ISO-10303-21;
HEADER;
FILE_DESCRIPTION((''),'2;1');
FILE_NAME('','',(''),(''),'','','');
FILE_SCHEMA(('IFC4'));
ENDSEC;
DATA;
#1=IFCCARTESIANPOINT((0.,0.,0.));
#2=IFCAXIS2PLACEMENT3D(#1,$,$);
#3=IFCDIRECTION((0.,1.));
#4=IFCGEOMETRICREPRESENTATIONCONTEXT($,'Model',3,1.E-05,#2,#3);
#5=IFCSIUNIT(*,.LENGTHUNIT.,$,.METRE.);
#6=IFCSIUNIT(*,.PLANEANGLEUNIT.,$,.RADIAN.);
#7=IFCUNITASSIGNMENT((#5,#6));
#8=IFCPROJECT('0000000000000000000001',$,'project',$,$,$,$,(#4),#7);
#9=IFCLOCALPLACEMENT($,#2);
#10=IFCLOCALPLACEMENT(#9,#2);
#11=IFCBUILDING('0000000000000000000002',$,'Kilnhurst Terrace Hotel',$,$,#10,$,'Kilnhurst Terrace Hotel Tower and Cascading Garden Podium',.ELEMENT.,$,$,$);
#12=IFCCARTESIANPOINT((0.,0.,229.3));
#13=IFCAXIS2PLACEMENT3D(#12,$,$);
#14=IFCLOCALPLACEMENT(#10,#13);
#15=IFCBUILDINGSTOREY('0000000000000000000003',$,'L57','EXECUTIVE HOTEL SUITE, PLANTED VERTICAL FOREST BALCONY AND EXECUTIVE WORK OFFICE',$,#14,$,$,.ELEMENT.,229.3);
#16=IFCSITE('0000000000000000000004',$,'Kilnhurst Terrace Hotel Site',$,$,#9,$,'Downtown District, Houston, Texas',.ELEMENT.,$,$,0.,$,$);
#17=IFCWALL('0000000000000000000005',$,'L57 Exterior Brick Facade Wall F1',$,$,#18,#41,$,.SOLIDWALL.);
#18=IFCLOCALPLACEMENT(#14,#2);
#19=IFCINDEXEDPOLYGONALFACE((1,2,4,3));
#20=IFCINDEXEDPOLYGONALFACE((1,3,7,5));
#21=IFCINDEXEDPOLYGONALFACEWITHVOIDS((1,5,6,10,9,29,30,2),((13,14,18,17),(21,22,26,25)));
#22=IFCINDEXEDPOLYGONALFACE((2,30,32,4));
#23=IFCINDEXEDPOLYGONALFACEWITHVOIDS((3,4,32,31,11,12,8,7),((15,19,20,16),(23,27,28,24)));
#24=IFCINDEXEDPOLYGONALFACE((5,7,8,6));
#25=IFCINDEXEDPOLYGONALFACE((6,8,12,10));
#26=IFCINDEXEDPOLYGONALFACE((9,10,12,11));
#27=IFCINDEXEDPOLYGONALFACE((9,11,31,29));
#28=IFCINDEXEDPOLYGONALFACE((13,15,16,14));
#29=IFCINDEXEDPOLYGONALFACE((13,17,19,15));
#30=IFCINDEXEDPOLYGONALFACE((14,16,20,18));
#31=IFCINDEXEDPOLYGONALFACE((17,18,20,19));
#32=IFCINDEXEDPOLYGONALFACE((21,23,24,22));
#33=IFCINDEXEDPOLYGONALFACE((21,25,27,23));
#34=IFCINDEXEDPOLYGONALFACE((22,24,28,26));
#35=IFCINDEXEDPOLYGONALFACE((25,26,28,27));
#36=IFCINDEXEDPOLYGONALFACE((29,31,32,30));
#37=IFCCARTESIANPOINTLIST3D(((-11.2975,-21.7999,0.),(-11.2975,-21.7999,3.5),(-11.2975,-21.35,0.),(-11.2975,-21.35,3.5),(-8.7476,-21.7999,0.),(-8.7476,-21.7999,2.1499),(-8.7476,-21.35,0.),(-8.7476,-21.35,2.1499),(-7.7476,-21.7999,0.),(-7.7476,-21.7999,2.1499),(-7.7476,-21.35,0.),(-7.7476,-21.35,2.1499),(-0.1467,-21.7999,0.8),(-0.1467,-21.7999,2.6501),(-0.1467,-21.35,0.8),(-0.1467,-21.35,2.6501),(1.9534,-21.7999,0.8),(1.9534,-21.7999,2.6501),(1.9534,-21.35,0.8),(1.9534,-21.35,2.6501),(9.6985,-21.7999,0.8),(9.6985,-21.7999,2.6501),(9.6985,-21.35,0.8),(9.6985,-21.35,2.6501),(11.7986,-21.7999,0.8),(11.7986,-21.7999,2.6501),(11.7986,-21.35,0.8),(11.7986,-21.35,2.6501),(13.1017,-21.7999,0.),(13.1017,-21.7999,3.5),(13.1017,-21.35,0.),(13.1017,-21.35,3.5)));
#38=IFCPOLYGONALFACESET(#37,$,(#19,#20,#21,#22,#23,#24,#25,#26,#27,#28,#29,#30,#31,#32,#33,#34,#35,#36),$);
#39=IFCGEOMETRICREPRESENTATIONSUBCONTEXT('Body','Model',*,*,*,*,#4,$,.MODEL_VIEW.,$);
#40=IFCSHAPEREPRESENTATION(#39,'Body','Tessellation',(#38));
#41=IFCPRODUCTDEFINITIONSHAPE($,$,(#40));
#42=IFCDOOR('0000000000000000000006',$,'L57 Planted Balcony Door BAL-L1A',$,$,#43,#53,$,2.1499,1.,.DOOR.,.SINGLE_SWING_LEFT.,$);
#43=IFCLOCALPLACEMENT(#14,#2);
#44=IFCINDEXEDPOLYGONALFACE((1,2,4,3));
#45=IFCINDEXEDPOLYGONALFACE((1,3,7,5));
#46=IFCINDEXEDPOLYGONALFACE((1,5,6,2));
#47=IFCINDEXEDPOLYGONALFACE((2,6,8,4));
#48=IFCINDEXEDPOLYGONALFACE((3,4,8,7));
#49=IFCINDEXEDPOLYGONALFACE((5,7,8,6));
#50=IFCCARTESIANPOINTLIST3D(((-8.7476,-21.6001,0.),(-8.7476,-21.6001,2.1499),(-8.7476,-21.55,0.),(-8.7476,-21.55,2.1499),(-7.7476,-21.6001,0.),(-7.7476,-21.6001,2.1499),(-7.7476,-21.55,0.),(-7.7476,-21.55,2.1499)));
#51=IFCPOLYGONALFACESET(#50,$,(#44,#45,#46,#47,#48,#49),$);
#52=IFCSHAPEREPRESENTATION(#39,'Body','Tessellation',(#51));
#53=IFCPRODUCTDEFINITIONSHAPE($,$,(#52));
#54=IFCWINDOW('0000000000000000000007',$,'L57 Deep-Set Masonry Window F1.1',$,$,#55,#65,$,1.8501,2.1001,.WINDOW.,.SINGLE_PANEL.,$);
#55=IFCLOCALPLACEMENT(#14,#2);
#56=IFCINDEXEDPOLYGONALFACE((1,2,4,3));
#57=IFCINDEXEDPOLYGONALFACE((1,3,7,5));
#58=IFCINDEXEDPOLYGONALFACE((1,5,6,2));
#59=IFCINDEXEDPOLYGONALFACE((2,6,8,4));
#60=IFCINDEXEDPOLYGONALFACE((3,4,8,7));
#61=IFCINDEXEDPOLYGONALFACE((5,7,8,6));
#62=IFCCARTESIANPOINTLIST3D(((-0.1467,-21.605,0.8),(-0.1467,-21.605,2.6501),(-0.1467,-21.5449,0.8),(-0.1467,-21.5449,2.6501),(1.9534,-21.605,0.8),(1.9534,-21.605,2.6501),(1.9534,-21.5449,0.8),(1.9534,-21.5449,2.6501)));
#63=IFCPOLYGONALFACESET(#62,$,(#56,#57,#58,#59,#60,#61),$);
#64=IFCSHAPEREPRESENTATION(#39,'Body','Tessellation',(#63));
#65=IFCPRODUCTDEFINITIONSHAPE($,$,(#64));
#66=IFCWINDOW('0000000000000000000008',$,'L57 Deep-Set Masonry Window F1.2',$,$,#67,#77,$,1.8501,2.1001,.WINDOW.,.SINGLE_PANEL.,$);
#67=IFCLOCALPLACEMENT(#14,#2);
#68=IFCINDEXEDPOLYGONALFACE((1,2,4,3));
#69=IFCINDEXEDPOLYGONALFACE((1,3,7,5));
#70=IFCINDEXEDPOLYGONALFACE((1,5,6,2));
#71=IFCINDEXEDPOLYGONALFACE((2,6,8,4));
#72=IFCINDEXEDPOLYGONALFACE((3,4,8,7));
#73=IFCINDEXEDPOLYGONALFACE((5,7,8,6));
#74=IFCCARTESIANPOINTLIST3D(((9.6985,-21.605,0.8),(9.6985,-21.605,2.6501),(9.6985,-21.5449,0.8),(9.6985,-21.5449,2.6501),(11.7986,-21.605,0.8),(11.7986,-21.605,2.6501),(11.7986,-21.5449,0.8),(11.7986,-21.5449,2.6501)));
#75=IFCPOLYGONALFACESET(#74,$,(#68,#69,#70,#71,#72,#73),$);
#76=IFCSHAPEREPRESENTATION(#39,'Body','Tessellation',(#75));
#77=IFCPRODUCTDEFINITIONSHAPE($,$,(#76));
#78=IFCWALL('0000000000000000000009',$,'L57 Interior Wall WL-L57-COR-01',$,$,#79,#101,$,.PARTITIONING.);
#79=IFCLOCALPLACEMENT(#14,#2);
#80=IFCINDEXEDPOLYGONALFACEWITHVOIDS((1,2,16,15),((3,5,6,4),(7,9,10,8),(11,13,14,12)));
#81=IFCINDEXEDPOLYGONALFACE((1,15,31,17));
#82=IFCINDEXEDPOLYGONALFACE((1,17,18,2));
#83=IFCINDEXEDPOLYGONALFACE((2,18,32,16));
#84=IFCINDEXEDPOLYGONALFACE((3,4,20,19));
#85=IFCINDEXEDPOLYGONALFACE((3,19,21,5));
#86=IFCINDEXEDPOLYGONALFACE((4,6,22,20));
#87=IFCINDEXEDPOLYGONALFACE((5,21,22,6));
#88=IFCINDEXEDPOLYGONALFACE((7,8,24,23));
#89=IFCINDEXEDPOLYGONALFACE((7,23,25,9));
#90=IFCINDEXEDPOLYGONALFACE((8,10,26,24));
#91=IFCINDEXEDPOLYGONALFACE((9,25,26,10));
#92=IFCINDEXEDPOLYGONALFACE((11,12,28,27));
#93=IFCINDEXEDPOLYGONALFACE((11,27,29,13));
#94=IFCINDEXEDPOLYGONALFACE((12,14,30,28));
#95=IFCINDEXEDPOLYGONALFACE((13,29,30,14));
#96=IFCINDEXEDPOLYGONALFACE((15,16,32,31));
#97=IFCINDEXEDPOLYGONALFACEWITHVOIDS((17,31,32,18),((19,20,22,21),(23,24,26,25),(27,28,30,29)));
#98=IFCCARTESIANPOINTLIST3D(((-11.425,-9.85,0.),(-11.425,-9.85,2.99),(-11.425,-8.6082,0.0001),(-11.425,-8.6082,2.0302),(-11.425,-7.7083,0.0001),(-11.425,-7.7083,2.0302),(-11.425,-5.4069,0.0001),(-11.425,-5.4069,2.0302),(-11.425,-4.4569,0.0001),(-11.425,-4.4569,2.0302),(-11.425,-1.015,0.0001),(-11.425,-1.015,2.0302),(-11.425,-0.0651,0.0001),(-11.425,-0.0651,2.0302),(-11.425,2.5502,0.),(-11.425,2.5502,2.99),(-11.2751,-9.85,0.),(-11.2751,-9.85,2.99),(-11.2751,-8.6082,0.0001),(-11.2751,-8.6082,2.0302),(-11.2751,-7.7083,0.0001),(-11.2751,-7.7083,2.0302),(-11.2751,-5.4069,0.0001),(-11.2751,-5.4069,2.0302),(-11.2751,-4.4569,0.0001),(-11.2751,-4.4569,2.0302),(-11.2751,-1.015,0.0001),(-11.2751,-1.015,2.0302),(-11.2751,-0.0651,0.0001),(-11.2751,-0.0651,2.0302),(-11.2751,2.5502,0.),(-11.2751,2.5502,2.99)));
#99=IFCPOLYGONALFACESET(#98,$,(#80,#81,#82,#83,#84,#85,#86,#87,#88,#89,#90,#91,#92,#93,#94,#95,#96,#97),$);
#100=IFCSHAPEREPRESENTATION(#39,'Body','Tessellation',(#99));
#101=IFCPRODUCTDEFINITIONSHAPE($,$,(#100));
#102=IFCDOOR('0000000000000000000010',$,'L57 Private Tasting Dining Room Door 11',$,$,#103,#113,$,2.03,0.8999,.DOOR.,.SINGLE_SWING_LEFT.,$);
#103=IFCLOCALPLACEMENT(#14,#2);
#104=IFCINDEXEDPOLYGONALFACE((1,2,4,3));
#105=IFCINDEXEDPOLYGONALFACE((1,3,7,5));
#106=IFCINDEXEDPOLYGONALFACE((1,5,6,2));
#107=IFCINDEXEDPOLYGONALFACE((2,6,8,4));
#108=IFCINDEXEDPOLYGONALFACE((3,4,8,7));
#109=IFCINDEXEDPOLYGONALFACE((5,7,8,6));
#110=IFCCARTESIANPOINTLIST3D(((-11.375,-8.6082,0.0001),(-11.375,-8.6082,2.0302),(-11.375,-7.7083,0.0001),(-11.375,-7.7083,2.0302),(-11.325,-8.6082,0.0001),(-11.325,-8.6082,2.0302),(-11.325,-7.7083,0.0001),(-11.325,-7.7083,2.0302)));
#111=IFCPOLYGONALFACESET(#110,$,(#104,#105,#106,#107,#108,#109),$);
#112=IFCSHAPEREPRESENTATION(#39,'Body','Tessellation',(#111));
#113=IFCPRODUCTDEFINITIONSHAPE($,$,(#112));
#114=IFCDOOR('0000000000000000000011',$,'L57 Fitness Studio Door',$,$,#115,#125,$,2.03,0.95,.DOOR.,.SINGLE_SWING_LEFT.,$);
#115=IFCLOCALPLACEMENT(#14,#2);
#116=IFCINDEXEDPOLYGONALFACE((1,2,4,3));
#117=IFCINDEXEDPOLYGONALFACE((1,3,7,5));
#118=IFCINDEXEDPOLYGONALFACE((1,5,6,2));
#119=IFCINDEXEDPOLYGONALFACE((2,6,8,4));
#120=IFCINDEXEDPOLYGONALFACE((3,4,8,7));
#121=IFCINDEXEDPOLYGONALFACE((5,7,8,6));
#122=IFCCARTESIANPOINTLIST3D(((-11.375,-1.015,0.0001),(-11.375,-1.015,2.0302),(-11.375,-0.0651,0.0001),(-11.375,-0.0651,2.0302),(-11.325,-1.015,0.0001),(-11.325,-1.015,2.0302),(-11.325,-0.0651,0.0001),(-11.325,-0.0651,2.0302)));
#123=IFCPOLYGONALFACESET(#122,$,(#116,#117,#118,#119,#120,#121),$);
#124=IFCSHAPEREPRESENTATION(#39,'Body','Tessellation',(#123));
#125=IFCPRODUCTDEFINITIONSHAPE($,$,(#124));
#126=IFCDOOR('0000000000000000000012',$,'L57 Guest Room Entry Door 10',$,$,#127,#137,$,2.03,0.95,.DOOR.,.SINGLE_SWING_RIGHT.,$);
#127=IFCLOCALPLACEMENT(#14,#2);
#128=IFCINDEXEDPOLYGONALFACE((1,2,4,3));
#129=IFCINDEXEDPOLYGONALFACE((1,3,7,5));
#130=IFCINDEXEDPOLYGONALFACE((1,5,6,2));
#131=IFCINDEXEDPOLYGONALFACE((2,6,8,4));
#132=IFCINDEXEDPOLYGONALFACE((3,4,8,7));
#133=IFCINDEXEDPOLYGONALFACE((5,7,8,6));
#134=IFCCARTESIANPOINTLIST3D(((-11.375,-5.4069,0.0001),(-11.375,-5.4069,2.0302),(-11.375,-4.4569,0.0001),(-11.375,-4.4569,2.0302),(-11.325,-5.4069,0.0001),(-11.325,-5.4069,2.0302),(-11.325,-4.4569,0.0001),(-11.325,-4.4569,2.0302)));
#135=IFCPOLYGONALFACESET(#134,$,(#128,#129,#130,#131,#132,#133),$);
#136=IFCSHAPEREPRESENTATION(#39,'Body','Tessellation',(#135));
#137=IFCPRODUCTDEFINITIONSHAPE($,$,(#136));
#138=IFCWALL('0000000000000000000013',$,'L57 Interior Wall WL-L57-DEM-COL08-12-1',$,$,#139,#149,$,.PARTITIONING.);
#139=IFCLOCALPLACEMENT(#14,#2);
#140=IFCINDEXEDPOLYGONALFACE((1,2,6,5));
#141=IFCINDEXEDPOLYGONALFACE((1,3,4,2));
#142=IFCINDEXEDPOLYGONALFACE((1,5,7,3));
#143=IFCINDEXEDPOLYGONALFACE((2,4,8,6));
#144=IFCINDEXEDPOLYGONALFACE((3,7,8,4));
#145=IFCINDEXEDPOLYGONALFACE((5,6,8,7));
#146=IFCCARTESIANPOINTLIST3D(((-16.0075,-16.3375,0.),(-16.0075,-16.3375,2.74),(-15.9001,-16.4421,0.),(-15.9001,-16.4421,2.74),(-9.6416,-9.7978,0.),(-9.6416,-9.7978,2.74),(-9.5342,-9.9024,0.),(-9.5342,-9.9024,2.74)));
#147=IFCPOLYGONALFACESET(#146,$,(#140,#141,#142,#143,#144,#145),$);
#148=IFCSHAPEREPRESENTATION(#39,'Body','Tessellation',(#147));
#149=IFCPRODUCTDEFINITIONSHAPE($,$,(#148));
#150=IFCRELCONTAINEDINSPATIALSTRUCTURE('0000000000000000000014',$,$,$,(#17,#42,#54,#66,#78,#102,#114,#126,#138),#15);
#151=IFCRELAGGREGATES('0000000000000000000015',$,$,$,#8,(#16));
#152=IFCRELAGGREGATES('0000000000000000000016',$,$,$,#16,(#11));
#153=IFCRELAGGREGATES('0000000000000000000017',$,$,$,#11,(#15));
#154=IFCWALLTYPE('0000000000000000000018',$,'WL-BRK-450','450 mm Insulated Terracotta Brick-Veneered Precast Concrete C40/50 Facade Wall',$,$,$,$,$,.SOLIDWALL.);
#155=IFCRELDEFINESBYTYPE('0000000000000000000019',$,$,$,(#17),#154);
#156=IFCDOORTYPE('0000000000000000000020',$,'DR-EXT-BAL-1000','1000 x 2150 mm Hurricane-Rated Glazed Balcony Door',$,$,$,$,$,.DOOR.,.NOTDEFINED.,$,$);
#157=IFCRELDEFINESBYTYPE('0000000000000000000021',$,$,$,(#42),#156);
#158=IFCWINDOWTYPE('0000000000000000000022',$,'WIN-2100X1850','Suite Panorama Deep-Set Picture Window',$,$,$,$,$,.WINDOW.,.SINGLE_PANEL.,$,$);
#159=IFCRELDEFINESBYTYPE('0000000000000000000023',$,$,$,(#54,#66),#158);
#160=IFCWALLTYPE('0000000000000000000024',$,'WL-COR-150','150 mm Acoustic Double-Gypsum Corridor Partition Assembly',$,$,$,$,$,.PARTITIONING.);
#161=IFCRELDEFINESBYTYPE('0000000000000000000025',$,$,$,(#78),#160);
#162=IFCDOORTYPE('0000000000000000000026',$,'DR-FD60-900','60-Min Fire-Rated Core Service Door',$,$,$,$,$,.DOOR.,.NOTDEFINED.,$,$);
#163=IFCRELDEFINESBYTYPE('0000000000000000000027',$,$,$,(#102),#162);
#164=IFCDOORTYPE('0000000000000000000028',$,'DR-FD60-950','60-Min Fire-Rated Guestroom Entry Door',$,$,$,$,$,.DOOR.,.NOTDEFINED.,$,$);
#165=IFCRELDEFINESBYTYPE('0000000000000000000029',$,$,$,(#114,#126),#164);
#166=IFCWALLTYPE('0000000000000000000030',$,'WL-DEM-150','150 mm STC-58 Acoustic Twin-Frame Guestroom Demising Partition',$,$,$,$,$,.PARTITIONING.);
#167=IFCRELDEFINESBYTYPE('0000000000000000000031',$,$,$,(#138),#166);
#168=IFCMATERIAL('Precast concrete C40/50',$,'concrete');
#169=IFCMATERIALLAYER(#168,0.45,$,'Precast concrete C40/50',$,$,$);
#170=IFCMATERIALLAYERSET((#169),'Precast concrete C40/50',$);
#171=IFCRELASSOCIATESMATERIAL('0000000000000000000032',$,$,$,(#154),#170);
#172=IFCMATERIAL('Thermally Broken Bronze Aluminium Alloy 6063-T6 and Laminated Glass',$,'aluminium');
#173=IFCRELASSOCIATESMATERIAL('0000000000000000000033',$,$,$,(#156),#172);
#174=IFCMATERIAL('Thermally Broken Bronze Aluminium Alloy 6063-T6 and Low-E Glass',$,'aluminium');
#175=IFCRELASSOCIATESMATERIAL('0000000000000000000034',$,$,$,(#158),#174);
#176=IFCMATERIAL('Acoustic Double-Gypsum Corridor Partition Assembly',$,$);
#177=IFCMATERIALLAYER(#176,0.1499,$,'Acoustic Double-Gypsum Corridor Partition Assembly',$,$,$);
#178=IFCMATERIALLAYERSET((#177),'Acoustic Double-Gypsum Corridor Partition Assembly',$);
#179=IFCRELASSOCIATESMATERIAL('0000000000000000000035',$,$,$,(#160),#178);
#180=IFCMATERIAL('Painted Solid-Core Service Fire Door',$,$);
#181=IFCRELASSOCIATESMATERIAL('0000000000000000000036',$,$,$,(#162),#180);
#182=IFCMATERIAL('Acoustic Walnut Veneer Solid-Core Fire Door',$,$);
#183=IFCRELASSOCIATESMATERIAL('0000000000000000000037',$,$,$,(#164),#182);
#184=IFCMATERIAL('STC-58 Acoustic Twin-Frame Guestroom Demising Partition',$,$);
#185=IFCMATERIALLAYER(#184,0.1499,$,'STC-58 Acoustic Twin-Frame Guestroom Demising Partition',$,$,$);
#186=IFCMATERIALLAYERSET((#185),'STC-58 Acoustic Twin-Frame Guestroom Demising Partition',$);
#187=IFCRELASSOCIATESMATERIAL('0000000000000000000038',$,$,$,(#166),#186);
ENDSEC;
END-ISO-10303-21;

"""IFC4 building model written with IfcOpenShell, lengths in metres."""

from ifc_helpers import new_model, si_unit, direction, frame, frame_2d, origin, place, context, subcontext, project, spatial, rectangle, extrude, material, layer, layer_set, type_object, element, fill, save


model = new_model("IFC4")

# Units and contexts
model_context = context("Model", 3, precision=1e-05, world=origin(), true_north=direction((0.0, 1.0)))
body_context = subcontext(model_context, "Body", "Model", "MODEL_VIEW")
ifc_project = project(units=[si_unit("LENGTHUNIT", "METRE"), si_unit("PLANEANGLEUNIT", "RADIAN")], contexts=[model_context])

# Site, building, storey
site_placement = place(None, origin())
site = spatial("IfcSite", under=ifc_project, at=site_placement, Name="Kilnhurst Terrace Hotel Site", LongName="Downtown District, Houston, Texas", CompositionType="ELEMENT", RefElevation=0.0)
building_placement = place(site_placement, origin())
building = spatial("IfcBuilding", under=site, at=building_placement, Name="Kilnhurst Terrace Hotel", LongName="Kilnhurst Terrace Hotel Tower and Cascading Garden Podium", CompositionType="ELEMENT")
storey_placement = place(building_placement, frame((0.0, 0.0, 229.3)))
storey = spatial("IfcBuildingStorey", under=building, at=storey_placement, Name="L57", Description="EXECUTIVE HOTEL SUITE, PLANTED VERTICAL FOREST BALCONY AND EXECUTIVE WORK OFFICE", CompositionType="ELEMENT", Elevation=229.3)

# Shared definitions
ifc_material_1 = material(Name="Precast concrete C40/50", Category="concrete")
ifc_layer_1 = layer(ifc_material_1, 0.45, Name="Precast concrete C40/50")
ifc_layer_set_1 = layer_set([ifc_layer_1], Name="Precast concrete C40/50")
wall_type_1 = type_object("IfcWallType", Name="WL-BRK-450", Description="450 mm Insulated Terracotta Brick-Veneered Precast Concrete C40/50 Facade Wall", PredefinedType="SOLIDWALL", material=ifc_layer_set_1)

# Wall, openings, door, windows
wall_1_placement = place(storey_placement, frame((-11.2976, -21.575, 0.0), z_axis=(0.0, 0.0, 1.0), x_axis=(1.0, 0.0, 0.0)))
wall_1 = element("IfcWall", 1, at=wall_1_placement, inside=storey, type_object=wall_type_1, Name="L57 Exterior Brick Facade Wall F1", PredefinedType="SOLIDWALL", context=body_context, shape_type="SweptSolid", body=[
    extrude(rectangle(XDim=24.3992, YDim=0.45, at=frame_2d((12.1997, 0.0))), origin(), (0.0, 0.0, 1.0), 3.5),
])
opening_1_placement = place(wall_1_placement, frame((2.55, 0.0, 0.0)))
opening_1 = element("IfcOpeningElement", 2, at=opening_1_placement, cuts=wall_1, PredefinedType="OPENING", context=body_context, shape_type="SweptSolid", body=[
    extrude(rectangle(XDim=1.0, YDim=2.1499, at=frame_2d((0.5, 1.075))), frame((0.0, 0.2349, 0.0), z_axis=(0.0, -1.0, 0.0), x_axis=(1.0, 0.0, 0.0)), (0.0, 0.0, 1.0), 0.47),
])
opening_2_placement = place(wall_1_placement, frame((11.1509, 0.0, 0.8)))
opening_2 = element("IfcOpeningElement", 3, at=opening_2_placement, cuts=wall_1, PredefinedType="OPENING", context=body_context, shape_type="SweptSolid", body=[
    extrude(rectangle(XDim=2.1001, YDim=1.8501, at=frame_2d((1.05, 0.925))), frame((0.0, 0.2349, 0.0), z_axis=(0.0, -1.0, 0.0), x_axis=(1.0, 0.0, 0.0)), (0.0, 0.0, 1.0), 0.47),
])
opening_3_placement = place(wall_1_placement, frame((20.9961, 0.0, 0.8)))
opening_3 = element("IfcOpeningElement", 4, at=opening_3_placement, cuts=wall_1, PredefinedType="OPENING", context=body_context, shape_type="SweptSolid", body=[
    extrude(rectangle(XDim=2.1001, YDim=1.8501, at=frame_2d((1.05, 0.925))), frame((0.0, 0.2349, 0.0), z_axis=(0.0, -1.0, 0.0), x_axis=(1.0, 0.0, 0.0)), (0.0, 0.0, 1.0), 0.47),
])
ifc_material_2 = material(Name="Thermally Broken Bronze Aluminium Alloy 6063-T6 and Laminated Glass", Category="aluminium")
door_type_1 = type_object("IfcDoorType", Name="DR-EXT-BAL-1000", Description="1000 x 2150 mm Hurricane-Rated Glazed Balcony Door", OperationType="NOTDEFINED", PredefinedType="DOOR", material=ifc_material_2)
door_1_placement = place(opening_1_placement, origin())
door_1 = element("IfcDoor", 5, at=door_1_placement, inside=storey, type_object=door_type_1, Name="L57 Planted Balcony Door BAL-L1A", OperationType="SINGLE_SWING_LEFT", OverallHeight=2.1499, OverallWidth=1.0, PredefinedType="DOOR", context=body_context, shape_type="SweptSolid", body=[
    extrude(rectangle(XDim=1.0, YDim=2.1499, at=frame_2d((0.5, 1.075))), frame((0.0, 0.0249, 0.0), z_axis=(0.0, -1.0, 0.0), x_axis=(1.0, 0.0, 0.0)), (0.0, 0.0, 1.0), 0.05),
])
fill(opening_1, door_1)
ifc_material_3 = material(Name="Thermally Broken Bronze Aluminium Alloy 6063-T6 and Low-E Glass", Category="aluminium")
window_type = type_object("IfcWindowType", Name="WIN-2100X1850", Description="Suite Panorama Deep-Set Picture Window", PartitioningType="SINGLE_PANEL", PredefinedType="WINDOW", material=ifc_material_3)
window_1_placement = place(opening_2_placement, origin())
window_1 = element("IfcWindow", 6, at=window_1_placement, inside=storey, type_object=window_type, Name="L57 Deep-Set Masonry Window F1.1", OverallHeight=1.8501, OverallWidth=2.1001, PartitioningType="SINGLE_PANEL", PredefinedType="WINDOW", context=body_context, shape_type="SweptSolid", body=[
    extrude(rectangle(XDim=2.1001, YDim=1.8501, at=frame_2d((1.05, 0.925))), frame((0.0, 0.03, 0.0), z_axis=(0.0, -1.0, 0.0), x_axis=(1.0, 0.0, 0.0)), (0.0, 0.0, 1.0), 0.0601),
])
fill(opening_2, window_1)
window_2_placement = place(opening_3_placement, origin())
window_2 = element("IfcWindow", 7, at=window_2_placement, inside=storey, type_object=window_type, Name="L57 Deep-Set Masonry Window F1.2", OverallHeight=1.8501, OverallWidth=2.1001, PartitioningType="SINGLE_PANEL", PredefinedType="WINDOW", context=body_context, shape_type="SweptSolid", body=[
    extrude(rectangle(XDim=2.1001, YDim=1.8501, at=frame_2d((1.05, 0.925))), frame((0.0, 0.03, 0.0), z_axis=(0.0, -1.0, 0.0), x_axis=(1.0, 0.0, 0.0)), (0.0, 0.0, 1.0), 0.0601),
])
fill(opening_3, window_2)

# Wall, openings, doors
ifc_material_4 = material(Name="Acoustic Double-Gypsum Corridor Partition Assembly")
ifc_layer_2 = layer(ifc_material_4, 0.1499, Name="Acoustic Double-Gypsum Corridor Partition Assembly")
ifc_layer_set_2 = layer_set([ifc_layer_2], Name="Acoustic Double-Gypsum Corridor Partition Assembly")
wall_type_2 = type_object("IfcWallType", Name="WL-COR-150", Description="150 mm Acoustic Double-Gypsum Corridor Partition Assembly", PredefinedType="PARTITIONING", material=ifc_layer_set_2)
wall_2_placement = place(storey_placement, frame((-11.3501, -9.8501, 0.0), z_axis=(0.0, 0.0, 1.0), x_axis=(0.0, 1.0, 0.0)))
wall_2 = element("IfcWall", 8, at=wall_2_placement, inside=storey, type_object=wall_type_2, Name="L57 Interior Wall WL-L57-COR-01", PredefinedType="PARTITIONING", context=body_context, shape_type="SweptSolid", body=[
    extrude(rectangle(XDim=12.4001, YDim=0.1499, at=frame_2d((6.2002, 0.0))), origin(), (0.0, 0.0, 1.0), 2.99),
])
opening_4_placement = place(wall_2_placement, frame((8.835, 0.0, 0.0)))
opening_4 = element("IfcOpeningElement", 9, at=opening_4_placement, cuts=wall_2, PredefinedType="OPENING", context=body_context, shape_type="SweptSolid", body=[
    extrude(rectangle(XDim=0.95, YDim=2.03, at=frame_2d((0.4751, 1.0151))), frame((0.0, 0.085, 0.0), z_axis=(0.0, -1.0, 0.0), x_axis=(1.0, 0.0, 0.0)), (0.0, 0.0, 1.0), 0.1699),
])
opening_5_placement = place(wall_2_placement, frame((4.4431, 0.0, 0.0)))
opening_5 = element("IfcOpeningElement", 10, at=opening_5_placement, cuts=wall_2, PredefinedType="OPENING", context=body_context, shape_type="SweptSolid", body=[
    extrude(rectangle(XDim=0.95, YDim=2.03, at=frame_2d((0.4751, 1.0151))), frame((0.0, 0.085, 0.0), z_axis=(0.0, -1.0, 0.0), x_axis=(1.0, 0.0, 0.0)), (0.0, 0.0, 1.0), 0.1699),
])
opening_6_placement = place(wall_2_placement, frame((1.2419, 0.0, 0.0)))
opening_6 = element("IfcOpeningElement", 11, at=opening_6_placement, cuts=wall_2, PredefinedType="OPENING", context=body_context, shape_type="SweptSolid", body=[
    extrude(rectangle(XDim=0.8999, YDim=2.03, at=frame_2d((0.45, 1.0151))), frame((0.0, 0.085, 0.0), z_axis=(0.0, -1.0, 0.0), x_axis=(1.0, 0.0, 0.0)), (0.0, 0.0, 1.0), 0.1699),
])
ifc_material_5 = material(Name="Painted Solid-Core Service Fire Door")
door_type_2 = type_object("IfcDoorType", Name="DR-FD60-900", Description="60-Min Fire-Rated Core Service Door", OperationType="NOTDEFINED", PredefinedType="DOOR", material=ifc_material_5)
door_2_placement = place(opening_6_placement, origin())
door_2 = element("IfcDoor", 12, at=door_2_placement, inside=storey, type_object=door_type_2, Name="L57 Private Tasting Dining Room Door 11", OperationType="SINGLE_SWING_LEFT", OverallHeight=2.03, OverallWidth=0.8999, PredefinedType="DOOR", context=body_context, shape_type="SweptSolid", body=[
    extrude(rectangle(XDim=0.8999, YDim=2.03, at=frame_2d((0.45, 1.0151))), frame((0.0, 0.0249, 0.0), z_axis=(0.0, -1.0, 0.0), x_axis=(1.0, 0.0, 0.0)), (0.0, 0.0, 1.0), 0.05),
])
fill(opening_6, door_2)
ifc_material_6 = material(Name="Acoustic Walnut Veneer Solid-Core Fire Door")
door_type_3 = type_object("IfcDoorType", Name="DR-FD60-950", Description="60-Min Fire-Rated Guestroom Entry Door", OperationType="NOTDEFINED", PredefinedType="DOOR", material=ifc_material_6)
door_3_placement = place(opening_4_placement, origin())
door_3 = element("IfcDoor", 13, at=door_3_placement, inside=storey, type_object=door_type_3, Name="L57 Fitness Studio Door", OperationType="SINGLE_SWING_LEFT", OverallHeight=2.03, OverallWidth=0.95, PredefinedType="DOOR", context=body_context, shape_type="SweptSolid", body=[
    extrude(rectangle(XDim=0.95, YDim=2.03, at=frame_2d((0.4751, 1.0151))), frame((0.0, 0.0249, 0.0), z_axis=(0.0, -1.0, 0.0), x_axis=(1.0, 0.0, 0.0)), (0.0, 0.0, 1.0), 0.05),
])
fill(opening_4, door_3)
door_4_placement = place(opening_5_placement, origin())
door_4 = element("IfcDoor", 14, at=door_4_placement, inside=storey, type_object=door_type_3, Name="L57 Guest Room Entry Door 10", OperationType="SINGLE_SWING_RIGHT", OverallHeight=2.03, OverallWidth=0.95, PredefinedType="DOOR", context=body_context, shape_type="SweptSolid", body=[
    extrude(rectangle(XDim=0.95, YDim=2.03, at=frame_2d((0.4751, 1.0151))), frame((0.0, 0.0249, 0.0), z_axis=(0.0, -1.0, 0.0), x_axis=(1.0, 0.0, 0.0)), (0.0, 0.0, 1.0), 0.05),
])
fill(opening_5, door_4)

# Wall
ifc_material_7 = material(Name="STC-58 Acoustic Twin-Frame Guestroom Demising Partition")
ifc_layer_3 = layer(ifc_material_7, 0.1499, Name="STC-58 Acoustic Twin-Frame Guestroom Demising Partition")
ifc_layer_set_3 = layer_set([ifc_layer_3], Name="STC-58 Acoustic Twin-Frame Guestroom Demising Partition")
wall_type_3 = type_object("IfcWallType", Name="WL-DEM-150", Description="150 mm STC-58 Acoustic Twin-Frame Guestroom Demising Partition", PredefinedType="PARTITIONING", material=ifc_layer_set_3)
wall_3_placement = place(storey_placement, frame((-9.5879, -9.8501, 0.0), z_axis=(0.0, 0.0, 1.0), x_axis=(-0.697519, -0.716566, 0.0)))
element("IfcWall", 15, at=wall_3_placement, inside=storey, type_object=wall_type_3, Name="L57 Interior Wall WL-L57-DEM-COL08-12-1", PredefinedType="PARTITIONING", context=body_context, shape_type="SweptSolid", body=[
    extrude(rectangle(XDim=9.1265, YDim=0.1499, at=frame_2d((4.5632, 0.0))), origin(), (0.0, 0.0, 1.0), 2.74),
])

save(model, "model.ifc")
